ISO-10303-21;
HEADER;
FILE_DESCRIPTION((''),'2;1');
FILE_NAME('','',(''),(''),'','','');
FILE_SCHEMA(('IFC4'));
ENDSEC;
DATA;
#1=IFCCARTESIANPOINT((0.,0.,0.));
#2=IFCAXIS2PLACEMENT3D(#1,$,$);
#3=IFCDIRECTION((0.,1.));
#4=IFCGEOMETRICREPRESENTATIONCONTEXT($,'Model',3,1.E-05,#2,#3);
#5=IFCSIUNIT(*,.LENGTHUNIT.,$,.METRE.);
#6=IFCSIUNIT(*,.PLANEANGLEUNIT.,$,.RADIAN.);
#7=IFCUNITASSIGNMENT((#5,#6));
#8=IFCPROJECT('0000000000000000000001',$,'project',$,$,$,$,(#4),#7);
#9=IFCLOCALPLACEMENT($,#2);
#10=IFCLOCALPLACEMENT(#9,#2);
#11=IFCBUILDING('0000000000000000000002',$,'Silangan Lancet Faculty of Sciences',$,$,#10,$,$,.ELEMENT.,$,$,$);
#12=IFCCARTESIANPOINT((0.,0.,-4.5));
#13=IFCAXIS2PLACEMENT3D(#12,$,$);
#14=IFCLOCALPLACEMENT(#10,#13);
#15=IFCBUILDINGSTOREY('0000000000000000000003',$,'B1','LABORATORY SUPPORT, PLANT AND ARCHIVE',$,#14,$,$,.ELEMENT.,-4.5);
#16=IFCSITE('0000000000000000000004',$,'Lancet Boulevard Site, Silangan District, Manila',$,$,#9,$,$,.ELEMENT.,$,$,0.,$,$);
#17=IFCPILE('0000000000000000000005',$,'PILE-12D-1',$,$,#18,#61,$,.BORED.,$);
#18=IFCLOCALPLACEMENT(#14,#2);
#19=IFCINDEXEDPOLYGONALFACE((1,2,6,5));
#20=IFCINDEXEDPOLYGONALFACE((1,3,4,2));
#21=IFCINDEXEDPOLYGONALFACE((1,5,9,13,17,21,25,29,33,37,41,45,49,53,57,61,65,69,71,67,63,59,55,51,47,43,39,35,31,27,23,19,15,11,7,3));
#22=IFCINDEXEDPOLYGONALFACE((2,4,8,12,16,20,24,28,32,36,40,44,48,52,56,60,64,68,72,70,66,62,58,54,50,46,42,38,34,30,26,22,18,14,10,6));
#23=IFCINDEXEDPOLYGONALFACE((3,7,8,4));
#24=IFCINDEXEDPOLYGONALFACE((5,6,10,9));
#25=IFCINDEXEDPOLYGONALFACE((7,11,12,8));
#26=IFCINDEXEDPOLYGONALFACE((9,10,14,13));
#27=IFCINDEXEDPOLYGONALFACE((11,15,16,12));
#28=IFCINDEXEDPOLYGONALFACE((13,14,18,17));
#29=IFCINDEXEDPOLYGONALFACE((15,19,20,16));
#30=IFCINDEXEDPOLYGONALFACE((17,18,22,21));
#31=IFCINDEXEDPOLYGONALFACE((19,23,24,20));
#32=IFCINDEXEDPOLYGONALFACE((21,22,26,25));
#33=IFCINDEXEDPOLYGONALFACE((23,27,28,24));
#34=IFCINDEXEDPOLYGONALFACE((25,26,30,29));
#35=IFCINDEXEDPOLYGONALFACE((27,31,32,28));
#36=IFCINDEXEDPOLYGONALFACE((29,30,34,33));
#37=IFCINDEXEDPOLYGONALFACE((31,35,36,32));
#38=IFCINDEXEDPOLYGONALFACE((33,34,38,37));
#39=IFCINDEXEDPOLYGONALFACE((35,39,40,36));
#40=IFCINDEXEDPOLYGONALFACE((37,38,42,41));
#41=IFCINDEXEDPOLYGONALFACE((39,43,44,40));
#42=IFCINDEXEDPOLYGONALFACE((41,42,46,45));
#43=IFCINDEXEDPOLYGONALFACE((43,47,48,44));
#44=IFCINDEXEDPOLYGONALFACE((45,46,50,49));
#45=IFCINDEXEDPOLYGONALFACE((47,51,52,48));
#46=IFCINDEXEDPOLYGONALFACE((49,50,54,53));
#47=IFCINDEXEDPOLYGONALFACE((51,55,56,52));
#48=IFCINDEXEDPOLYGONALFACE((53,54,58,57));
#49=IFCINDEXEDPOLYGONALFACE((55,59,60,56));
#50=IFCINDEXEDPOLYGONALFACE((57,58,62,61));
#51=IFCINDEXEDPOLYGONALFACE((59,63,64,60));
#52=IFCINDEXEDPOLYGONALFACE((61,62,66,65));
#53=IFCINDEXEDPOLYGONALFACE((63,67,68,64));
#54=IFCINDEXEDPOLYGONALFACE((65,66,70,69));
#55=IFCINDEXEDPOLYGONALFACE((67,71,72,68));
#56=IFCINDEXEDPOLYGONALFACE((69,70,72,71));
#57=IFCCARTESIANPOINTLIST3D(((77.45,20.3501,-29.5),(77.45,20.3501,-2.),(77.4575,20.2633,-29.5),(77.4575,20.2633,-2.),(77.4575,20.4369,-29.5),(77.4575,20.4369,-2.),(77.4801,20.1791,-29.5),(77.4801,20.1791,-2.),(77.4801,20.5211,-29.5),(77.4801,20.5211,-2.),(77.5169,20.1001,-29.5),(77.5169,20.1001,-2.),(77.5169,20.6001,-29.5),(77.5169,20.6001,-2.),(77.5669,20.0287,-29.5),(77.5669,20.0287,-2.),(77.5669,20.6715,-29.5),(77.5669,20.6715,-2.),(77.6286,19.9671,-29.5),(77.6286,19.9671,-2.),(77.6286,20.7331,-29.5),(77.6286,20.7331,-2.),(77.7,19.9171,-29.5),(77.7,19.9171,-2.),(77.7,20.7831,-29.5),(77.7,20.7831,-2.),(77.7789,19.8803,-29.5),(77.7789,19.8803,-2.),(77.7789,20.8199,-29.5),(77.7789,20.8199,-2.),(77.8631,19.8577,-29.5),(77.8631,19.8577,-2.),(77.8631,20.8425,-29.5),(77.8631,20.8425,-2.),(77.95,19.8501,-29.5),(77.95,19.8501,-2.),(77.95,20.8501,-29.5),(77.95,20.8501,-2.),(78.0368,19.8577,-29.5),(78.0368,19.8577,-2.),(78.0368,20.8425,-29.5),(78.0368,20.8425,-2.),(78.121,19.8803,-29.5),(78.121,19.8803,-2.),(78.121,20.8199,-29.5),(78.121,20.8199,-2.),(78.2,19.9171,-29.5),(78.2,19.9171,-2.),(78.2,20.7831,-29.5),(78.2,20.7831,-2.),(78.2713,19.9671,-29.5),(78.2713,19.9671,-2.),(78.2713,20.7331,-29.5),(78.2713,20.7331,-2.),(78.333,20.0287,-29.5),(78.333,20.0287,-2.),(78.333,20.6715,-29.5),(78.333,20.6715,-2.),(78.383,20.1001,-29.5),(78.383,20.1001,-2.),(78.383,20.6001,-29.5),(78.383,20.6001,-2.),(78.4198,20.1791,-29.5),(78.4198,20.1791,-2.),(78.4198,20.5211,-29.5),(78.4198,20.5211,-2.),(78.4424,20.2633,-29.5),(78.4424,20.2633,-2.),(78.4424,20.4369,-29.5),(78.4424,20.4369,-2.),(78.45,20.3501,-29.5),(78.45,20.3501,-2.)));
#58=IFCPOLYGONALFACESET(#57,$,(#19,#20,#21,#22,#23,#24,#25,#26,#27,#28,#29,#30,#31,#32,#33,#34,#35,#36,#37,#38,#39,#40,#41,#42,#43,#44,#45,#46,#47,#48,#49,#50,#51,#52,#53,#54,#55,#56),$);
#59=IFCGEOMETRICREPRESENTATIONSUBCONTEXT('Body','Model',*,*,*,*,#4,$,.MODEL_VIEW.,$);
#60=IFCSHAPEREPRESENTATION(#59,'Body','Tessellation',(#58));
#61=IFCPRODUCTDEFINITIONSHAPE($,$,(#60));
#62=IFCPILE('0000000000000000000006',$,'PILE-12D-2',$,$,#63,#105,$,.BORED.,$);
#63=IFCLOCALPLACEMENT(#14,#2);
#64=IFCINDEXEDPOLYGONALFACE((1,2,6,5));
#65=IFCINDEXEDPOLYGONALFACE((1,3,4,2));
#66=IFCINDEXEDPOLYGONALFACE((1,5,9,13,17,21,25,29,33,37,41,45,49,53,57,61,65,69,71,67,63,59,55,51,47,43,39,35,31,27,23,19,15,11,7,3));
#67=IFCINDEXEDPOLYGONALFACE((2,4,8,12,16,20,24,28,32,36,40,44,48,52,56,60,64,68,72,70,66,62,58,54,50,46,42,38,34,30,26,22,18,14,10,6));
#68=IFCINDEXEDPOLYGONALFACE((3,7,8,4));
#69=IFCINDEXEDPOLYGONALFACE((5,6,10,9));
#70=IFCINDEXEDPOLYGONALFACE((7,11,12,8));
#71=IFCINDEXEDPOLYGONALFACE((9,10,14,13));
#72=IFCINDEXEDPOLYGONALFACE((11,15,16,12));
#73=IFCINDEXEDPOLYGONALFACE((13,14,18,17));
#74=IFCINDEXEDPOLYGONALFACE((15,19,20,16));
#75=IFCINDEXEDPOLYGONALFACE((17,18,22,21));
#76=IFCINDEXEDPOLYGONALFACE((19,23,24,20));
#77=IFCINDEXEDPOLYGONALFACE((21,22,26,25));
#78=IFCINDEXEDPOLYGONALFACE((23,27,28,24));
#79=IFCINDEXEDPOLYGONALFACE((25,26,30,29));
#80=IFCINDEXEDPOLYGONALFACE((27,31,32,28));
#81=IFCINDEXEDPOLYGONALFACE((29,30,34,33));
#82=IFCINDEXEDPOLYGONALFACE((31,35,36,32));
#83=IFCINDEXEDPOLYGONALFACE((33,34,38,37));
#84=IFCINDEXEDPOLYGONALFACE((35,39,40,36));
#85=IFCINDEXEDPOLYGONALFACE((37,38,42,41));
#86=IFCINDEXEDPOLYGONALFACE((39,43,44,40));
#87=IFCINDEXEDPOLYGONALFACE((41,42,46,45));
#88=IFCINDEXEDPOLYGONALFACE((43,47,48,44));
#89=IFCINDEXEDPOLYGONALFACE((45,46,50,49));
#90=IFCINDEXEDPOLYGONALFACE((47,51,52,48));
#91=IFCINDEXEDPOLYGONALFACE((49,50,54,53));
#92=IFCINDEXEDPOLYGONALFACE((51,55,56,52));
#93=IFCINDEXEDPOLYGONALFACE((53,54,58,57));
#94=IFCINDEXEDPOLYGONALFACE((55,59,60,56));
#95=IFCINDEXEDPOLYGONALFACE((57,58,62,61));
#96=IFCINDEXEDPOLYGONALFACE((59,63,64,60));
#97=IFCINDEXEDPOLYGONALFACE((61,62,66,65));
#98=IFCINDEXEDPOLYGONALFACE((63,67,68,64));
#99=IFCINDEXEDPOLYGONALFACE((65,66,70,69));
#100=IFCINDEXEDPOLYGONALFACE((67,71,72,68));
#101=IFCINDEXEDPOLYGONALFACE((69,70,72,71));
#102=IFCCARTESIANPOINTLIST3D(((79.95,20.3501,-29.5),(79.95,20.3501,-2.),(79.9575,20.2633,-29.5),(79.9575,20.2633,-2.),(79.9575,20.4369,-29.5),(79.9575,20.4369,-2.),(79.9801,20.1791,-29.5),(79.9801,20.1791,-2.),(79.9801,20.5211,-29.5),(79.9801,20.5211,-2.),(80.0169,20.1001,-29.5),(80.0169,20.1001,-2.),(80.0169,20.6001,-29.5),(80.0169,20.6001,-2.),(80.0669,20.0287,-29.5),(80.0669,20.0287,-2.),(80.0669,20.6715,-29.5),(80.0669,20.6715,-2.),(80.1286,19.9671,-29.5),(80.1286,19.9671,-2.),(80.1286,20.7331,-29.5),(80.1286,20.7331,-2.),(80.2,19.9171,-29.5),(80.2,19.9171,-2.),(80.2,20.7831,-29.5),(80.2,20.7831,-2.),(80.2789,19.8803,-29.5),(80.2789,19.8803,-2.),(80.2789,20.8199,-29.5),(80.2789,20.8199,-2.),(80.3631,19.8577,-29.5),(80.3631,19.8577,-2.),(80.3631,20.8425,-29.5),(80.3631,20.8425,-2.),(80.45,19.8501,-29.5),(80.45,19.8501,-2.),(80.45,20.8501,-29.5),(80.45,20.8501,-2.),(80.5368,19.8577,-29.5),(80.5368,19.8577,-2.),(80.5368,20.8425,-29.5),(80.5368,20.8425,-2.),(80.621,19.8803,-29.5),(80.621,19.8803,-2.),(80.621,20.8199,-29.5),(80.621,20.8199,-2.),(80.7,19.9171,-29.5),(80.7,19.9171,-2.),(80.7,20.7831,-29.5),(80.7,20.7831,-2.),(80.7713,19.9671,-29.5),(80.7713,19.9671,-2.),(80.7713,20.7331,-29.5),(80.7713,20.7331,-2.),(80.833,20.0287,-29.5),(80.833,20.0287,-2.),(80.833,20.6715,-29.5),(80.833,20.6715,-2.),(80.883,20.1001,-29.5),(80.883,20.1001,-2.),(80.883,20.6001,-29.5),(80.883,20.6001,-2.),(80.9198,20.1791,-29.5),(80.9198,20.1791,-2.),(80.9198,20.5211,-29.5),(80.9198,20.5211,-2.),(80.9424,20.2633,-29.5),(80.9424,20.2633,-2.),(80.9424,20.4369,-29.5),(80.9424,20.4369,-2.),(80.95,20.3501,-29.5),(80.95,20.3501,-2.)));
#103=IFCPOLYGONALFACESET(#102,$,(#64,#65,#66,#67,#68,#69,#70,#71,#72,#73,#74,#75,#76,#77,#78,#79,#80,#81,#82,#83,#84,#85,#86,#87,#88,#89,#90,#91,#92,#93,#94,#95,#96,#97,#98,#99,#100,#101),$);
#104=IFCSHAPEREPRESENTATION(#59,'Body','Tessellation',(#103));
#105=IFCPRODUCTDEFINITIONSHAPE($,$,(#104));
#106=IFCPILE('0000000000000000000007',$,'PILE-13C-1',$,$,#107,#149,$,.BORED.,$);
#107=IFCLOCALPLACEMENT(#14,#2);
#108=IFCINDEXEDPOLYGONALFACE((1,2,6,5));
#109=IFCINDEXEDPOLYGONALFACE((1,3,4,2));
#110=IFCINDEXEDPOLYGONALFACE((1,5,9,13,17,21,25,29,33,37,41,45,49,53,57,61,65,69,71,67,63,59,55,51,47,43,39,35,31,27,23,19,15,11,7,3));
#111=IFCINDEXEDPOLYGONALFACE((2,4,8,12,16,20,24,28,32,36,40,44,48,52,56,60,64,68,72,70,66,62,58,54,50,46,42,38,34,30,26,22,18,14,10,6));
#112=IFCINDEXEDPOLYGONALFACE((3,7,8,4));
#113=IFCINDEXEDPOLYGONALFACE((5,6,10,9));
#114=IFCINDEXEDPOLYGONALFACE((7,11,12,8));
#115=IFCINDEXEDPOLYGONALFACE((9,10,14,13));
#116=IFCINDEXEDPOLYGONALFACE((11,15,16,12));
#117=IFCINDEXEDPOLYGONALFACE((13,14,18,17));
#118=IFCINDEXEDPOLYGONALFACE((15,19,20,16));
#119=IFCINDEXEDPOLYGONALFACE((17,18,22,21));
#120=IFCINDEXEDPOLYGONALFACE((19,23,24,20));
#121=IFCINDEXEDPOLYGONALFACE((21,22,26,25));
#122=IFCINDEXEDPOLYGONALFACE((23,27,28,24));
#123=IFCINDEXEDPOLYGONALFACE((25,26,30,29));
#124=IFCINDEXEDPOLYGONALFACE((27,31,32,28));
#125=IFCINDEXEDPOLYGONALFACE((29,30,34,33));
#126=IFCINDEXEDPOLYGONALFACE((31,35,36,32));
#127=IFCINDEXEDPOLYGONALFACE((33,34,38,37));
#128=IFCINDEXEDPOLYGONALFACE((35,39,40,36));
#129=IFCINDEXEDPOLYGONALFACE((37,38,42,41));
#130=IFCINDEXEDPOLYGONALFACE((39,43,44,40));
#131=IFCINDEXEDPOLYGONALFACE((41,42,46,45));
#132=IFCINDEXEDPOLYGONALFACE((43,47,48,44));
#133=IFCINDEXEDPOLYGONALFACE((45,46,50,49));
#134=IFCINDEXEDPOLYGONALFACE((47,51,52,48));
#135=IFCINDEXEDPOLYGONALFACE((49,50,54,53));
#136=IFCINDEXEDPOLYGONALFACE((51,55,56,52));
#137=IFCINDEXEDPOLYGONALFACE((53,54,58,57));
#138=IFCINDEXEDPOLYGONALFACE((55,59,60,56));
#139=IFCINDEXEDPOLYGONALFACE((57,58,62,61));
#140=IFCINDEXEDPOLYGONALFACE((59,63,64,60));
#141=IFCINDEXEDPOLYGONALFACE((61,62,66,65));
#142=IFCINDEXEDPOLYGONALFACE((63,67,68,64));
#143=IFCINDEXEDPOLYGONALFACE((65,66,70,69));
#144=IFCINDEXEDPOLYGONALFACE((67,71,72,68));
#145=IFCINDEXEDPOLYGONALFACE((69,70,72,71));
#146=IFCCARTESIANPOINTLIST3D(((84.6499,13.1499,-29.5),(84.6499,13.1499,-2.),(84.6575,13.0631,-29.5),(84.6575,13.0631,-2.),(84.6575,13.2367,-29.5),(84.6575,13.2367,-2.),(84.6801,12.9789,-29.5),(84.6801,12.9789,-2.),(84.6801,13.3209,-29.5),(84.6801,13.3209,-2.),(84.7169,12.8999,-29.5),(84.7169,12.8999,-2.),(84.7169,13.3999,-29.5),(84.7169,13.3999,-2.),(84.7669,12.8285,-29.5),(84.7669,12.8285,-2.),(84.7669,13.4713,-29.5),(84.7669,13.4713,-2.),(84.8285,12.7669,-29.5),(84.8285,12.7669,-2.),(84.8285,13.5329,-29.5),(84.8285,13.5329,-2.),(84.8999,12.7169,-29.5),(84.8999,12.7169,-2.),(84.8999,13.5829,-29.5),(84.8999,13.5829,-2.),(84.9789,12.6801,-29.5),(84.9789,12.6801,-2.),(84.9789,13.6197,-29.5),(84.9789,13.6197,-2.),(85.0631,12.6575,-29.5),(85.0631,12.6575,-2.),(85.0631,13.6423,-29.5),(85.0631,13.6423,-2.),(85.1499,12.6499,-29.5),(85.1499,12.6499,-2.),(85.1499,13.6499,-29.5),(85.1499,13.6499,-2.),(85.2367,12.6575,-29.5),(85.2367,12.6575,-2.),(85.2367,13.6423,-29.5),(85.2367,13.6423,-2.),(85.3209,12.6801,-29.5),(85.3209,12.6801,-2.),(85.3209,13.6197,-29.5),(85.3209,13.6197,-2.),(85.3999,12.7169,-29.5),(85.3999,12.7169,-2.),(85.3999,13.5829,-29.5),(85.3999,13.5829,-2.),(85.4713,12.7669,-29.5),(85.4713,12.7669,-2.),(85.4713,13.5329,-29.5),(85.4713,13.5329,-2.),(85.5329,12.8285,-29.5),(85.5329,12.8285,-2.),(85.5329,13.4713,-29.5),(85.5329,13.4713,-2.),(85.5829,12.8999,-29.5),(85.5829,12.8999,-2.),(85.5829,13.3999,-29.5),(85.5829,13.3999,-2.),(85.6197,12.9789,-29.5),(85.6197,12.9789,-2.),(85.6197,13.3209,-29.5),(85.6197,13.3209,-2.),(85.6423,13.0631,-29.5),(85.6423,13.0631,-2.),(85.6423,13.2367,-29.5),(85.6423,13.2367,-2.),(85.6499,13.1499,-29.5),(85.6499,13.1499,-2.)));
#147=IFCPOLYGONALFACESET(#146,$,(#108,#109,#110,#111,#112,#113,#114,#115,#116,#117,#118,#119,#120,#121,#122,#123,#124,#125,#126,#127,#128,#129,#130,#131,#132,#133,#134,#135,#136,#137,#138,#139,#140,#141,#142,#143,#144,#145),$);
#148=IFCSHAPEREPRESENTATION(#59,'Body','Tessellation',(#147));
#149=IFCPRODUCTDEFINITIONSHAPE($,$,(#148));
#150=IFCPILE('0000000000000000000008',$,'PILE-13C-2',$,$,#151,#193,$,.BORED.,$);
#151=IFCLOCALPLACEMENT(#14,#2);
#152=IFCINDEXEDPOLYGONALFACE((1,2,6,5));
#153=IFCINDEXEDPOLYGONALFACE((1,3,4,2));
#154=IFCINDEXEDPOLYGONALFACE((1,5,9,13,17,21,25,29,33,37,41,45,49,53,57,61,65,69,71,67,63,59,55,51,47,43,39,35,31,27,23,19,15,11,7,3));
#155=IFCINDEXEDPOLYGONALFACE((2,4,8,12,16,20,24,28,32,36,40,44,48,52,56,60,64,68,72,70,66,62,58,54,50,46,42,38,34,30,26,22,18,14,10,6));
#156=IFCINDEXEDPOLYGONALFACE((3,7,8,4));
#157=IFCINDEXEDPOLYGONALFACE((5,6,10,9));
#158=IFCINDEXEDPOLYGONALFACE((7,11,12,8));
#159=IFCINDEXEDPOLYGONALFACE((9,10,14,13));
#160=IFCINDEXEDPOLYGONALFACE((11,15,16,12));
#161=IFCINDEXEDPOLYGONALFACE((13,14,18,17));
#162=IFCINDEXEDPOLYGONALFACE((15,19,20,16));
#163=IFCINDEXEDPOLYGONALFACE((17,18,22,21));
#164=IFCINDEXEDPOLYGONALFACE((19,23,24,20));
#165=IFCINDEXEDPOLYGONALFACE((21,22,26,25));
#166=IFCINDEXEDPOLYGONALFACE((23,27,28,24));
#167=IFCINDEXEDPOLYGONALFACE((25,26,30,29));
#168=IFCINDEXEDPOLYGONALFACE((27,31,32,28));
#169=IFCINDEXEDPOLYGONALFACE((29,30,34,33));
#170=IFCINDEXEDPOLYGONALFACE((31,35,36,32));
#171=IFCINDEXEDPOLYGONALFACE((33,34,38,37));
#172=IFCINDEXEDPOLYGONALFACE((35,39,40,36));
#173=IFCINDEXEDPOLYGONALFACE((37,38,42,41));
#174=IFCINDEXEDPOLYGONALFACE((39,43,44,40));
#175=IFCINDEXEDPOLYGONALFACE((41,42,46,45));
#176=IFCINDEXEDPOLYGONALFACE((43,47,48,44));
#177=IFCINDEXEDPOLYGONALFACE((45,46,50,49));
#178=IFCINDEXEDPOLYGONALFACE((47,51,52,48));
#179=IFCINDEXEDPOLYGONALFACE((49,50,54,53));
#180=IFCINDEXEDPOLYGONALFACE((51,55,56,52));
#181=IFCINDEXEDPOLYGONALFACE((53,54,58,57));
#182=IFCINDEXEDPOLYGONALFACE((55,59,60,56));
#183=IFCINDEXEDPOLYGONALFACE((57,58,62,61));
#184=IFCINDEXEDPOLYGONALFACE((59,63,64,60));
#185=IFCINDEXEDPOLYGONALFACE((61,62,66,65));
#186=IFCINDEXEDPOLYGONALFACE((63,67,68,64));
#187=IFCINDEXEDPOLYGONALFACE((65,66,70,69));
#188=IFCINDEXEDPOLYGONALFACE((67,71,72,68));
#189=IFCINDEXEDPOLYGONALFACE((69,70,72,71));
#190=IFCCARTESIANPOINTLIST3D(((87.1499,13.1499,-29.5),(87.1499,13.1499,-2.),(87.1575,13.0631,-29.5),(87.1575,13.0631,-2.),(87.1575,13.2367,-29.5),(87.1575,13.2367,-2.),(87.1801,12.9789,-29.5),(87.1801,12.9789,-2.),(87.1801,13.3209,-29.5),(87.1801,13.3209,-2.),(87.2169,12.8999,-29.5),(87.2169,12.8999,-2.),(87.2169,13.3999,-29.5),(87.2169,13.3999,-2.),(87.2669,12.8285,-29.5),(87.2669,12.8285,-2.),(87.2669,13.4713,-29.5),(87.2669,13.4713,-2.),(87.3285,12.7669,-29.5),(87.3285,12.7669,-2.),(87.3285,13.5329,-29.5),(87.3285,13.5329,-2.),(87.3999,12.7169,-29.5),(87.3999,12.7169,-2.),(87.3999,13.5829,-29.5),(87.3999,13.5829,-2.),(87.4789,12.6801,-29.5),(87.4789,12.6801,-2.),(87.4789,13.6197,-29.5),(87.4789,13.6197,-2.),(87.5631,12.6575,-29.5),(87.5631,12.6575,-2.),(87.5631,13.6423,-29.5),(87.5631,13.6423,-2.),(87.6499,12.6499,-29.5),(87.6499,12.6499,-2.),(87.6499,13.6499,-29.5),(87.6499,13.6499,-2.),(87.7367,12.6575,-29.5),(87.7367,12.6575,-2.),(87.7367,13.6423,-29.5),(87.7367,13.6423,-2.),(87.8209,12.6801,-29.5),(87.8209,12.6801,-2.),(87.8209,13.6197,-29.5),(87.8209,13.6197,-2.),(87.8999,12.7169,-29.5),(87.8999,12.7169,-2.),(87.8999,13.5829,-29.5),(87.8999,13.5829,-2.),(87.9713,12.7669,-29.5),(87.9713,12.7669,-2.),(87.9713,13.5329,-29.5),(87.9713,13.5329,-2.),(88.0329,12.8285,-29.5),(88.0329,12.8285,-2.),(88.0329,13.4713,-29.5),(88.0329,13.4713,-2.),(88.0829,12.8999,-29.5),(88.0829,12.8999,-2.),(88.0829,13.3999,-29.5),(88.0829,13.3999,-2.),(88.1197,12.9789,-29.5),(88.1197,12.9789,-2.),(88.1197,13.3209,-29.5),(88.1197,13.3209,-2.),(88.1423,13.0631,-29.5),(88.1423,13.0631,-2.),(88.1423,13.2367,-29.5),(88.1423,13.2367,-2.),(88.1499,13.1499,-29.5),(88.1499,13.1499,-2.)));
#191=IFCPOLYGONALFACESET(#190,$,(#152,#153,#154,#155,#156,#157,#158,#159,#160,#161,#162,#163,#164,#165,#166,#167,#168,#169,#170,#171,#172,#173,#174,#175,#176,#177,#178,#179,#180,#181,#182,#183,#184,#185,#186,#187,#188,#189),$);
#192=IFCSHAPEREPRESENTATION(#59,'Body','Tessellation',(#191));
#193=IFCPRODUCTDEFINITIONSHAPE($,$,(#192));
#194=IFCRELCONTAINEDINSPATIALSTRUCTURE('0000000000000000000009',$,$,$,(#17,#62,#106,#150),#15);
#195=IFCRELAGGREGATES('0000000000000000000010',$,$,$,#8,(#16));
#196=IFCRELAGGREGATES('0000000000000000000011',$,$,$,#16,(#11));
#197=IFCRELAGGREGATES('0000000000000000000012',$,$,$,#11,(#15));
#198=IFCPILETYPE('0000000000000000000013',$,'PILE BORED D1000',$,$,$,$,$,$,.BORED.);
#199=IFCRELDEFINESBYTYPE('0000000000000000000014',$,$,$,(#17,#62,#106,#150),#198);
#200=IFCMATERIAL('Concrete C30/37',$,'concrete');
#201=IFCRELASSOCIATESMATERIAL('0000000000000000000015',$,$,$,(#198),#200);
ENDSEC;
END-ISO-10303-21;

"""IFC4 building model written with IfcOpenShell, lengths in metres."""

from ifc_helpers import new_model, si_unit, direction, frame, origin, origin_2d, place, context, subcontext, project, spatial, circle, extrude, material, material_profile, profile_set, type_object, element, save


model = new_model("IFC4")

# Units and contexts
model_context = context("Model", 3, precision=1e-05, world=origin(), true_north=direction((0.0, 1.0)))
body_context = subcontext(model_context, "Body", "Model", "MODEL_VIEW")
ifc_project = project(units=[si_unit("LENGTHUNIT", "METRE"), si_unit("PLANEANGLEUNIT", "RADIAN")], contexts=[model_context])

# Site, building, storey
site_placement = place(None, origin())
site = spatial("IfcSite", under=ifc_project, at=site_placement, Name="Lancet Boulevard Site, Silangan District, Manila", CompositionType="ELEMENT", RefElevation=0.0)
building_placement = place(site_placement, origin())
building = spatial("IfcBuilding", under=site, at=building_placement, Name="Silangan Lancet Faculty of Sciences", CompositionType="ELEMENT")
storey_placement = place(building_placement, frame((0.0, 0.0, -4.5)))
storey = spatial("IfcBuildingStorey", under=building, at=storey_placement, Name="B1", Description="LABORATORY SUPPORT, PLANT AND ARCHIVE", CompositionType="ELEMENT", Elevation=-4.5)

# Piles
ifc_material_1 = material(Name="Concrete C30/37", Category="concrete")
ifc_material_profile_1 = material_profile(ifc_material_1, circle(Radius=0.5, at=origin_2d()), Name="BORED PILE D1000")
ifc_profile_set_1 = profile_set([ifc_material_profile_1], Name="Concrete C30/37")
pile_type = type_object("IfcPileType", Name="PILE BORED D1000", PredefinedType="BORED", material=ifc_profile_set_1)
for number, where, z_axis, x_axis, name in (
    (1, (77.95, 20.3501, -2.0), (0.0, 0.0, -1.0), (1.0, 0.0, 0.0), "PILE-12D-1"),
    (2, (80.45, 20.3501, -2.0), (0.0, 0.0, -1.0), (1.0, 0.0, 0.0), "PILE-12D-2"),
    (3, (85.1499, 13.1499, -2.0), (0.0, 0.0, -1.0), (1.0, 0.0, 0.0), "PILE-13C-1"),
    (4, (87.6499, 13.1499, -2.0), (0.0, 0.0, -1.0), (1.0, 0.0, 0.0), "PILE-13C-2"),
):
    element("IfcPile", number, at=place(storey_placement, frame(where, z_axis=z_axis, x_axis=x_axis)), inside=storey, type_object=pile_type, Name=name, PredefinedType="BORED", context=body_context, shape_type="SweptSolid", body=[
        extrude(circle(Radius=0.5, at=origin_2d()), origin(), (0.0, 0.0, 1.0), 27.5),
    ])

save(model, "model.ifc")
